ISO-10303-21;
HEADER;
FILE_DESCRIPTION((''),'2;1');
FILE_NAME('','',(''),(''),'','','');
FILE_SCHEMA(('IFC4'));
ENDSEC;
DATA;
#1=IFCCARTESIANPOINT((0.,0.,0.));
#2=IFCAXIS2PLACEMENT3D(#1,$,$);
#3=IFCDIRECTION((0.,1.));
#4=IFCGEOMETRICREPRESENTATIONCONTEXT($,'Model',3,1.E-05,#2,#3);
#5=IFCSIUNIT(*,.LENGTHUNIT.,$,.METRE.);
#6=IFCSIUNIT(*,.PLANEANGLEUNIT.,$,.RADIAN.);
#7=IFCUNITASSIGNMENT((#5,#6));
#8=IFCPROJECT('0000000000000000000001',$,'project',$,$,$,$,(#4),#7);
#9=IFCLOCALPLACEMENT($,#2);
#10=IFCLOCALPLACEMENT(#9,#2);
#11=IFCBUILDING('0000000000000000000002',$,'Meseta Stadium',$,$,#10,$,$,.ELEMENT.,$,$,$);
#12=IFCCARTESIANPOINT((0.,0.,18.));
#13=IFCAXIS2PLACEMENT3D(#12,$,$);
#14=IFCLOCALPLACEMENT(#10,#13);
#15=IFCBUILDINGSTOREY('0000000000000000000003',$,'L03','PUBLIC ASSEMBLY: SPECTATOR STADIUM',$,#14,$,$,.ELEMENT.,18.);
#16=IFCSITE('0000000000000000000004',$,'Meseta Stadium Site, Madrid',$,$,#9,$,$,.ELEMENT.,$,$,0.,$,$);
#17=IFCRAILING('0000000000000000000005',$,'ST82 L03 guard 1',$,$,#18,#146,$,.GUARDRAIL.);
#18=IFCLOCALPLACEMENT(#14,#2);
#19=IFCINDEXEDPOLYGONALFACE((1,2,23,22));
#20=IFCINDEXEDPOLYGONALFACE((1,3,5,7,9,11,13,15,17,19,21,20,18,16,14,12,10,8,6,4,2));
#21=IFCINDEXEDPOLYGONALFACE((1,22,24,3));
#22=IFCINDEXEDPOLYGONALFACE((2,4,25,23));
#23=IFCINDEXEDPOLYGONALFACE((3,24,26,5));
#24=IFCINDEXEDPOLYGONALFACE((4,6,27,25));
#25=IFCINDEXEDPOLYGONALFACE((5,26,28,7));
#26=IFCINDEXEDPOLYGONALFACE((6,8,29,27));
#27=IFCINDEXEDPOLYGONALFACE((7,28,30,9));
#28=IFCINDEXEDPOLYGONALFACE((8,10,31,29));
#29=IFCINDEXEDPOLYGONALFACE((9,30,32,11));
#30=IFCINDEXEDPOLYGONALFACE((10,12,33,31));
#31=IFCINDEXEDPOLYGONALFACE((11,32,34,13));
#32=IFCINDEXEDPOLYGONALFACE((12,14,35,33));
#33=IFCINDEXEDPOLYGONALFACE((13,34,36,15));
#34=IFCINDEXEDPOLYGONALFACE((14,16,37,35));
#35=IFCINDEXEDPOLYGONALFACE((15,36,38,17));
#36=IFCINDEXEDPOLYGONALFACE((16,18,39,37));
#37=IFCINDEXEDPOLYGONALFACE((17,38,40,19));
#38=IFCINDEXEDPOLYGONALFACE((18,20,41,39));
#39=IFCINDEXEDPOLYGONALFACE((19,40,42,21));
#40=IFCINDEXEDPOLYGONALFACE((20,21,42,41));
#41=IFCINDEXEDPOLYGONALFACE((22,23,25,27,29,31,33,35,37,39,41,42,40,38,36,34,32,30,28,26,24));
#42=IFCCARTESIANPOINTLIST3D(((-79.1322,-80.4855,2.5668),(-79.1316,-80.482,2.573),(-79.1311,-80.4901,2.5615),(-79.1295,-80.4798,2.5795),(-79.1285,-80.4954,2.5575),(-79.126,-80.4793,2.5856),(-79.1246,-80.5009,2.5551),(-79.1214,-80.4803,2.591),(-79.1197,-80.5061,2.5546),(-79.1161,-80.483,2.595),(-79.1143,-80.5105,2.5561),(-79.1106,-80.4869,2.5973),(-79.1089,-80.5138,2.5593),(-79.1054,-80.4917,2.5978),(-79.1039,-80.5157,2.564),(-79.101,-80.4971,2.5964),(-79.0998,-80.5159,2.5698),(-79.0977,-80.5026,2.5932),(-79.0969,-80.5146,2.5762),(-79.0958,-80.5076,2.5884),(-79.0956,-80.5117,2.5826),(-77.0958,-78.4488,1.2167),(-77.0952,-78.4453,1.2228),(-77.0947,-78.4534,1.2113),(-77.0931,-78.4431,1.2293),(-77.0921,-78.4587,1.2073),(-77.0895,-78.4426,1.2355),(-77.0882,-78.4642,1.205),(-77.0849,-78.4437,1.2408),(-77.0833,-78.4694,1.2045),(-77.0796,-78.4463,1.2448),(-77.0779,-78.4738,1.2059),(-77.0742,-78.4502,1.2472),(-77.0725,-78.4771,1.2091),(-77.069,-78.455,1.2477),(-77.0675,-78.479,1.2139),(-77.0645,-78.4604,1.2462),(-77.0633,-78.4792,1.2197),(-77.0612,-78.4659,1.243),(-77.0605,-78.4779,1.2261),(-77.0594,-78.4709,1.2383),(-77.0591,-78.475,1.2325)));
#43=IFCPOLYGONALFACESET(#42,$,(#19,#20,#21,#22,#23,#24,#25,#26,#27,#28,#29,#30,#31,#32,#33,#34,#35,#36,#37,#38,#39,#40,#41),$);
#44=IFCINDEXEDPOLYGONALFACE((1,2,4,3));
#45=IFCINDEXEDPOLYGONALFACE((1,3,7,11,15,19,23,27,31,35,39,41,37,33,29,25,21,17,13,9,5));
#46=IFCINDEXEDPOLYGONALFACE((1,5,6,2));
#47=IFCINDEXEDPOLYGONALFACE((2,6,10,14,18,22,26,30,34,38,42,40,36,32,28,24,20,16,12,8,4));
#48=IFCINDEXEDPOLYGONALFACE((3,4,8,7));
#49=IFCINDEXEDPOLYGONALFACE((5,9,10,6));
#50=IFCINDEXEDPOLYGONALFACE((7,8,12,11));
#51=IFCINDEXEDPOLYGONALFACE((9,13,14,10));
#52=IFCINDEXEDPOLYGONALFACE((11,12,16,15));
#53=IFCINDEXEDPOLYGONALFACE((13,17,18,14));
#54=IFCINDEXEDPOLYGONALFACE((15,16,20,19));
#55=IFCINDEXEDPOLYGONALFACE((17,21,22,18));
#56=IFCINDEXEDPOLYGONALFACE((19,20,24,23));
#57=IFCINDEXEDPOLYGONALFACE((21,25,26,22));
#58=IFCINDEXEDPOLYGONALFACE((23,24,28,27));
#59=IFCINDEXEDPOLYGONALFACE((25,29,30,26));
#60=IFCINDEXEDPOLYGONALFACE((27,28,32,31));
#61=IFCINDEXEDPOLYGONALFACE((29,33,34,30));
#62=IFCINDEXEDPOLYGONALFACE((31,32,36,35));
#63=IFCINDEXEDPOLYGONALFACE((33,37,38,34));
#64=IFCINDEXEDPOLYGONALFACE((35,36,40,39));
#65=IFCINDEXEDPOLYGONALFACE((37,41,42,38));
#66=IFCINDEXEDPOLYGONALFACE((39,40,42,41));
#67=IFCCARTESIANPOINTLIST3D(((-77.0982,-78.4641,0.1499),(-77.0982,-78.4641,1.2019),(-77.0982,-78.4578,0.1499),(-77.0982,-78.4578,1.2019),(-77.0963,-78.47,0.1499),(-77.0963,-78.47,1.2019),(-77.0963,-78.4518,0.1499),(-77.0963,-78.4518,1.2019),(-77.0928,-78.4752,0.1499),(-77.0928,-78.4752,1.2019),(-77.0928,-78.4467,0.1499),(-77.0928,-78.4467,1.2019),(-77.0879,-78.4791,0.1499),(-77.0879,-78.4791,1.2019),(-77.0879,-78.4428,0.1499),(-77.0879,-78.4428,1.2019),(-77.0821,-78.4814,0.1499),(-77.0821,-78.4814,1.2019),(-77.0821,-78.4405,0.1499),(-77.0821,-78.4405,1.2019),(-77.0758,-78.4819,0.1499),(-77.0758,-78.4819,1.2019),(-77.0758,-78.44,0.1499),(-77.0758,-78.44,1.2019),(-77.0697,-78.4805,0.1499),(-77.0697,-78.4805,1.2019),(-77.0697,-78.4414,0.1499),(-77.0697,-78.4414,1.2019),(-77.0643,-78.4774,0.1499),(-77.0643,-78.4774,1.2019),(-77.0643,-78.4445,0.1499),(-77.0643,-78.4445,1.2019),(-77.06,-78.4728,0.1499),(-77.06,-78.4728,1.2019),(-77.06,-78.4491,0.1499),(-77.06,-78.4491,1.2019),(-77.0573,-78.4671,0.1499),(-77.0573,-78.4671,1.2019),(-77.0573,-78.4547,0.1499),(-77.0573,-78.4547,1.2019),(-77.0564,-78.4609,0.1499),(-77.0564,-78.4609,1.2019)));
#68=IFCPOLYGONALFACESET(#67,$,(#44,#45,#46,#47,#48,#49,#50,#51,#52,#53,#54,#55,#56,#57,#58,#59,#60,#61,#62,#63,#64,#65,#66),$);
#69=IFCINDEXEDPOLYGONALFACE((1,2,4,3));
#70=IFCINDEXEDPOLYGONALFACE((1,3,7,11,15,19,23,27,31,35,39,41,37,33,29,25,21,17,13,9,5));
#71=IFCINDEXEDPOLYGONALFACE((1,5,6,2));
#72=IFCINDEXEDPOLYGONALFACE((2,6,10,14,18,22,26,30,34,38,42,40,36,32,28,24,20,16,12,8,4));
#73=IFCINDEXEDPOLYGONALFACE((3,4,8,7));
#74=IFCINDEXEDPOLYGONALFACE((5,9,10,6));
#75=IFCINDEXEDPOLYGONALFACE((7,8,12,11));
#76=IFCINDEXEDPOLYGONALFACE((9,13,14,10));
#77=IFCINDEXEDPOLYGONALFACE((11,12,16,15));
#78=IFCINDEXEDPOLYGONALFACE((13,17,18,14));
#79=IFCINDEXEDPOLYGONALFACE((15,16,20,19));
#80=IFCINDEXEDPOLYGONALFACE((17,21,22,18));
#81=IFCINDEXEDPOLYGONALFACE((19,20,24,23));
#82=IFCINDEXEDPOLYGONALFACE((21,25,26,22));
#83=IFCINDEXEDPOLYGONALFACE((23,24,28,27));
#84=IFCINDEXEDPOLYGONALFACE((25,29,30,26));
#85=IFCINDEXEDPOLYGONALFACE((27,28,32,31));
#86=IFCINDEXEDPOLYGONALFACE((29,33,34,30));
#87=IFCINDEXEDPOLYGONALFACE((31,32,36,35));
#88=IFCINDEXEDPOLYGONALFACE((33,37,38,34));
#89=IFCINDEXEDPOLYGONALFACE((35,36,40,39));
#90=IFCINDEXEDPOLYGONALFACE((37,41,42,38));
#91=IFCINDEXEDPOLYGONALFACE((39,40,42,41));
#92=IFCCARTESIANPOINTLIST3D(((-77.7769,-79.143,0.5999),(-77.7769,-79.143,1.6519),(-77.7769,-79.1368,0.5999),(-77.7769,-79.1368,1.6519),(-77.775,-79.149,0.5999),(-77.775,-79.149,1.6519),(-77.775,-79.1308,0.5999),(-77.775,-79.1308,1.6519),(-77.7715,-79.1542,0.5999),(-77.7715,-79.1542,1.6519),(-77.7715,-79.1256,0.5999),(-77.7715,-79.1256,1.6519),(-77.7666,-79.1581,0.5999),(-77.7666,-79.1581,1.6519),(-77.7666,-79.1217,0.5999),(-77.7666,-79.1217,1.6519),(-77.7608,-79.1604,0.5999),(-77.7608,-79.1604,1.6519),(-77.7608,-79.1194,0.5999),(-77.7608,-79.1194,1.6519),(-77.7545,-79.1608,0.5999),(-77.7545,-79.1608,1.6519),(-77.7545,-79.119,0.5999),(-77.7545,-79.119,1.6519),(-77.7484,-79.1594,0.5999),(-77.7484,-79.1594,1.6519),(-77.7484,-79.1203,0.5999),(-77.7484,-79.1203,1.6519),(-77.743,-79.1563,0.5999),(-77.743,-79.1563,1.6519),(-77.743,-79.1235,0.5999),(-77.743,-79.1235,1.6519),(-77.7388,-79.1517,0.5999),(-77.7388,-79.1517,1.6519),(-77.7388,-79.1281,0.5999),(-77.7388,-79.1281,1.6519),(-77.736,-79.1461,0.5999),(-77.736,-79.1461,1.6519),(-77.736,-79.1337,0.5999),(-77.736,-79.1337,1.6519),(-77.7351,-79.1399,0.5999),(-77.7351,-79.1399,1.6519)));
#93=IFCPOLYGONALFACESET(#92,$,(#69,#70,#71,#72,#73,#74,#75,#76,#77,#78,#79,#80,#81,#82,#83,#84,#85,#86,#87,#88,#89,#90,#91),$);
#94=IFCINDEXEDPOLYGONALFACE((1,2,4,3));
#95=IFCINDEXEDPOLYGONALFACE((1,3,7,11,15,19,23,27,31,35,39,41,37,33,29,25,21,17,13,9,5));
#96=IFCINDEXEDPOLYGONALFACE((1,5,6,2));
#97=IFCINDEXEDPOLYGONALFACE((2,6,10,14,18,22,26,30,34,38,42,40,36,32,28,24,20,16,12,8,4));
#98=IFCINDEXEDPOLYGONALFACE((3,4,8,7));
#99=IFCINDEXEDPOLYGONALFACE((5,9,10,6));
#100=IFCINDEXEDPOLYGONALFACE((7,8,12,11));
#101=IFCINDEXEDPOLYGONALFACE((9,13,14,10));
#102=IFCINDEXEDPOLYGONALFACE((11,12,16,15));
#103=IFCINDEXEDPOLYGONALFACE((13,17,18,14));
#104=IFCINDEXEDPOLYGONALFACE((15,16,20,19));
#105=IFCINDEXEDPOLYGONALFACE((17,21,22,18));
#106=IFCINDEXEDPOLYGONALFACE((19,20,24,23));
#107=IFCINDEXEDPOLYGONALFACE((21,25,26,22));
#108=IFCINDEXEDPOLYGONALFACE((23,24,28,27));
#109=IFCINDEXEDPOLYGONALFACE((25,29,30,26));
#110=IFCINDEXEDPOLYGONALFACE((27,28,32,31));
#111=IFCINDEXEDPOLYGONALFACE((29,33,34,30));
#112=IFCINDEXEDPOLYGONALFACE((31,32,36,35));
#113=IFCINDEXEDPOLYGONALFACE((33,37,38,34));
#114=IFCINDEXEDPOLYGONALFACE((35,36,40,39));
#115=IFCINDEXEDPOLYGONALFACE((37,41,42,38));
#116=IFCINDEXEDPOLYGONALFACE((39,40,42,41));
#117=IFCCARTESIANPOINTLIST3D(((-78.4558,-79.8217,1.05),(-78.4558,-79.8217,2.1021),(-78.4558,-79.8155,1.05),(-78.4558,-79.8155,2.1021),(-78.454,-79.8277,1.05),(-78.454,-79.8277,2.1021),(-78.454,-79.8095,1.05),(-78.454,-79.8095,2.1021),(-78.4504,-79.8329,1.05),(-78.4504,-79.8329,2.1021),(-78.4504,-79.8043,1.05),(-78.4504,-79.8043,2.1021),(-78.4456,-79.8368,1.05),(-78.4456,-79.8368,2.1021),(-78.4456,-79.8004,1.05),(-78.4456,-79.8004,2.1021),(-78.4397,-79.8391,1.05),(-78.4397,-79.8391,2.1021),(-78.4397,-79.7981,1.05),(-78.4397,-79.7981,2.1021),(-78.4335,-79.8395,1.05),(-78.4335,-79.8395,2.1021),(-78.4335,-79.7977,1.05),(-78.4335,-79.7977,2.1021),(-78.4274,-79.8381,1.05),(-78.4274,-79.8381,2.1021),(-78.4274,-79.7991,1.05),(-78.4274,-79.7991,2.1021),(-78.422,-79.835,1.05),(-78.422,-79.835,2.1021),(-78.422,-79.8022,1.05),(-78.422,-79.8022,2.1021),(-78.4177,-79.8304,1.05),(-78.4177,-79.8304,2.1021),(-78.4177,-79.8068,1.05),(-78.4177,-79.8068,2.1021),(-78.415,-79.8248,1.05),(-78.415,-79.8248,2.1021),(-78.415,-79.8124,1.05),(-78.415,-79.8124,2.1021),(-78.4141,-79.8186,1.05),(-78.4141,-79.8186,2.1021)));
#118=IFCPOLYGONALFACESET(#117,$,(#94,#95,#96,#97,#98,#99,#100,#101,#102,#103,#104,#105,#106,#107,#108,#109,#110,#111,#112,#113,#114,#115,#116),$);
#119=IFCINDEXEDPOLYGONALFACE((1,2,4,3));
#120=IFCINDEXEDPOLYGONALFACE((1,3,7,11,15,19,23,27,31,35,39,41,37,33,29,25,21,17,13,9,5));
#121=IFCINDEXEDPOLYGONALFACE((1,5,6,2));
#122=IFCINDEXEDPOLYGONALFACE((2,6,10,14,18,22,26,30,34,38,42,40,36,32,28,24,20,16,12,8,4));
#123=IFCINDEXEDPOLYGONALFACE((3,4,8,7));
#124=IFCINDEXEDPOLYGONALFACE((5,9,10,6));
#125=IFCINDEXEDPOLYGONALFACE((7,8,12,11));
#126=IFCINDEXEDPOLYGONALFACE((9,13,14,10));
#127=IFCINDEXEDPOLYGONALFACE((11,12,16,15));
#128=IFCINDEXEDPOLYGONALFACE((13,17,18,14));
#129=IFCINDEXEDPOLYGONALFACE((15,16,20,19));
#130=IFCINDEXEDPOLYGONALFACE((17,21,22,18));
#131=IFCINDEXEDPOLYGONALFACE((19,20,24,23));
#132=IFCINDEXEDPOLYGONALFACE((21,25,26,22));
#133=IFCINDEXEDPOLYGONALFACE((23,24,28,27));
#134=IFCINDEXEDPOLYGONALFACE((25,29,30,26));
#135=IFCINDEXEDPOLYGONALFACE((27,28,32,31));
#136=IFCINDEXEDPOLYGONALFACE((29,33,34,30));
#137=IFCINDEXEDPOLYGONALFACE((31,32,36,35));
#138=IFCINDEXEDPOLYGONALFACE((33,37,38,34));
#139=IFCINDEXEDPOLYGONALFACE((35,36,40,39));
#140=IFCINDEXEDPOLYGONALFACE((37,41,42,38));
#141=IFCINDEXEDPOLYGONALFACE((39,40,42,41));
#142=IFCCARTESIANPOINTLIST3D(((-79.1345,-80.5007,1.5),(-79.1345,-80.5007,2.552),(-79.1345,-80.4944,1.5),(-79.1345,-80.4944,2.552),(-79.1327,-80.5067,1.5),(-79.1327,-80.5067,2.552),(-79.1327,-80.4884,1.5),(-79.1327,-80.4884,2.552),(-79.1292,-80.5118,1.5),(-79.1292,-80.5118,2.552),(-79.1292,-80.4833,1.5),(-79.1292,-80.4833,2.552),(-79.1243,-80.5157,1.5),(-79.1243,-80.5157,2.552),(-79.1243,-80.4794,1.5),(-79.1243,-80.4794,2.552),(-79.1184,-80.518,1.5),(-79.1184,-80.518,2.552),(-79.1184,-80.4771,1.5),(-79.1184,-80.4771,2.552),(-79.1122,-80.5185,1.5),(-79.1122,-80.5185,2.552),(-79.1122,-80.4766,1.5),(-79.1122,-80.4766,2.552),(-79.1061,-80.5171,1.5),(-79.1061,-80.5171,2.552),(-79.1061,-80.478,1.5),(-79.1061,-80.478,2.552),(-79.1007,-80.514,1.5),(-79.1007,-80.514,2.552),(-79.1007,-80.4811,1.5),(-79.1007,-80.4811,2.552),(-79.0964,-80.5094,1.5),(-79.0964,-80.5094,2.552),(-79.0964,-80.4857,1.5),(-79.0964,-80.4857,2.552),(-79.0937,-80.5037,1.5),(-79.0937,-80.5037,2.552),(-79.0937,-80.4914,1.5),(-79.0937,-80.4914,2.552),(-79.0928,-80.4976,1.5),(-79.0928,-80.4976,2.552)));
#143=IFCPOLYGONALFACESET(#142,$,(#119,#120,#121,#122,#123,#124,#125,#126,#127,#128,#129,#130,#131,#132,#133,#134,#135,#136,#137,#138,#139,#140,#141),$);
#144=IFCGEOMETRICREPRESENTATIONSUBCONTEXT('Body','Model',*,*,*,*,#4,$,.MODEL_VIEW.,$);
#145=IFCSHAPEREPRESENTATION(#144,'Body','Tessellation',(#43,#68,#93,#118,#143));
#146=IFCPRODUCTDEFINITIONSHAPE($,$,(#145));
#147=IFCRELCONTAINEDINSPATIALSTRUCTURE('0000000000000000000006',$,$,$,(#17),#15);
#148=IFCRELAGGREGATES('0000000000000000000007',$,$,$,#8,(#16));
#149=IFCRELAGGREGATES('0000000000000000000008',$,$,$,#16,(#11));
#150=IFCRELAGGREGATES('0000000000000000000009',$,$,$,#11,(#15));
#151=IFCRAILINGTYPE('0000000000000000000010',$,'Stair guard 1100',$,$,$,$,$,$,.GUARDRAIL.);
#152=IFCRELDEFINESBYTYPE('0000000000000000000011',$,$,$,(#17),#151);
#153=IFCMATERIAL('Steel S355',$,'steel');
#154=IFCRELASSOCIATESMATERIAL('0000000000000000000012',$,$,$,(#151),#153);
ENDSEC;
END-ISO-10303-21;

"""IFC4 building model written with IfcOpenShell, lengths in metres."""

from ifc_helpers import new_model, si_unit, direction, frame, origin, origin_2d, place, context, subcontext, project, spatial, circle, extrude, material, type_object, element, save


model = new_model("IFC4")

# Units and contexts
model_context = context("Model", 3, precision=1e-05, world=origin(), true_north=direction((0.0, 1.0)))
body_context = subcontext(model_context, "Body", "Model", "MODEL_VIEW")
ifc_project = project(units=[si_unit("LENGTHUNIT", "METRE"), si_unit("PLANEANGLEUNIT", "RADIAN")], contexts=[model_context])

# Site, building, storey
site_placement = place(None, origin())
site = spatial("IfcSite", under=ifc_project, at=site_placement, Name="Meseta Stadium Site, Madrid", CompositionType="ELEMENT", RefElevation=0.0)
building_placement = place(site_placement, origin())
building = spatial("IfcBuilding", under=site, at=building_placement, Name="Meseta Stadium", CompositionType="ELEMENT")
storey_placement = place(building_placement, frame((0.0, 0.0, 18.0)))
storey = spatial("IfcBuildingStorey", under=building, at=storey_placement, Name="L03", Description="PUBLIC ASSEMBLY: SPECTATOR STADIUM", CompositionType="ELEMENT", Elevation=18.0)

# Railing
ifc_material_1 = material(Name="Steel S355", Category="steel")
railing_type_1 = type_object("IfcRailingType", Name="Stair guard 1100", PredefinedType="GUARDRAIL", material=ifc_material_1)
railing_1_placement = place(storey_placement, frame((-77.0774, -78.4609, 0.1499)))
element("IfcRailing", 1, at=railing_1_placement, inside=storey, type_object=railing_type_1, Name="ST82 L03 guard 1", PredefinedType="GUARDRAIL", context=body_context, shape_type="SweptSolid", body=[
    extrude(circle(Radius=0.0239, at=origin_2d()), frame((0.0, 0.0, 1.0762), z_axis=(-0.640211, -0.640288, 0.424454), x_axis=(0.707149, -0.707064, 0.0)), (0.0, 0.0, 1.0), 3.1809),
    extrude(circle(Radius=0.021, at=origin_2d()), origin(), (0.0, 0.0, 1.0), 1.052),
    extrude(circle(Radius=0.021, at=origin_2d()), frame((-0.6787, -0.679, 0.45)), (0.0, 0.0, 1.0), 1.052),
    extrude(circle(Radius=0.021, at=origin_2d()), frame((-1.3577, -1.3577, 0.9001)), (0.0, 0.0, 1.0), 1.052),
    extrude(circle(Radius=0.021, at=origin_2d()), frame((-2.0364, -2.0366, 1.3501)), (0.0, 0.0, 1.0), 1.052),
])

save(model, "model.ifc")
